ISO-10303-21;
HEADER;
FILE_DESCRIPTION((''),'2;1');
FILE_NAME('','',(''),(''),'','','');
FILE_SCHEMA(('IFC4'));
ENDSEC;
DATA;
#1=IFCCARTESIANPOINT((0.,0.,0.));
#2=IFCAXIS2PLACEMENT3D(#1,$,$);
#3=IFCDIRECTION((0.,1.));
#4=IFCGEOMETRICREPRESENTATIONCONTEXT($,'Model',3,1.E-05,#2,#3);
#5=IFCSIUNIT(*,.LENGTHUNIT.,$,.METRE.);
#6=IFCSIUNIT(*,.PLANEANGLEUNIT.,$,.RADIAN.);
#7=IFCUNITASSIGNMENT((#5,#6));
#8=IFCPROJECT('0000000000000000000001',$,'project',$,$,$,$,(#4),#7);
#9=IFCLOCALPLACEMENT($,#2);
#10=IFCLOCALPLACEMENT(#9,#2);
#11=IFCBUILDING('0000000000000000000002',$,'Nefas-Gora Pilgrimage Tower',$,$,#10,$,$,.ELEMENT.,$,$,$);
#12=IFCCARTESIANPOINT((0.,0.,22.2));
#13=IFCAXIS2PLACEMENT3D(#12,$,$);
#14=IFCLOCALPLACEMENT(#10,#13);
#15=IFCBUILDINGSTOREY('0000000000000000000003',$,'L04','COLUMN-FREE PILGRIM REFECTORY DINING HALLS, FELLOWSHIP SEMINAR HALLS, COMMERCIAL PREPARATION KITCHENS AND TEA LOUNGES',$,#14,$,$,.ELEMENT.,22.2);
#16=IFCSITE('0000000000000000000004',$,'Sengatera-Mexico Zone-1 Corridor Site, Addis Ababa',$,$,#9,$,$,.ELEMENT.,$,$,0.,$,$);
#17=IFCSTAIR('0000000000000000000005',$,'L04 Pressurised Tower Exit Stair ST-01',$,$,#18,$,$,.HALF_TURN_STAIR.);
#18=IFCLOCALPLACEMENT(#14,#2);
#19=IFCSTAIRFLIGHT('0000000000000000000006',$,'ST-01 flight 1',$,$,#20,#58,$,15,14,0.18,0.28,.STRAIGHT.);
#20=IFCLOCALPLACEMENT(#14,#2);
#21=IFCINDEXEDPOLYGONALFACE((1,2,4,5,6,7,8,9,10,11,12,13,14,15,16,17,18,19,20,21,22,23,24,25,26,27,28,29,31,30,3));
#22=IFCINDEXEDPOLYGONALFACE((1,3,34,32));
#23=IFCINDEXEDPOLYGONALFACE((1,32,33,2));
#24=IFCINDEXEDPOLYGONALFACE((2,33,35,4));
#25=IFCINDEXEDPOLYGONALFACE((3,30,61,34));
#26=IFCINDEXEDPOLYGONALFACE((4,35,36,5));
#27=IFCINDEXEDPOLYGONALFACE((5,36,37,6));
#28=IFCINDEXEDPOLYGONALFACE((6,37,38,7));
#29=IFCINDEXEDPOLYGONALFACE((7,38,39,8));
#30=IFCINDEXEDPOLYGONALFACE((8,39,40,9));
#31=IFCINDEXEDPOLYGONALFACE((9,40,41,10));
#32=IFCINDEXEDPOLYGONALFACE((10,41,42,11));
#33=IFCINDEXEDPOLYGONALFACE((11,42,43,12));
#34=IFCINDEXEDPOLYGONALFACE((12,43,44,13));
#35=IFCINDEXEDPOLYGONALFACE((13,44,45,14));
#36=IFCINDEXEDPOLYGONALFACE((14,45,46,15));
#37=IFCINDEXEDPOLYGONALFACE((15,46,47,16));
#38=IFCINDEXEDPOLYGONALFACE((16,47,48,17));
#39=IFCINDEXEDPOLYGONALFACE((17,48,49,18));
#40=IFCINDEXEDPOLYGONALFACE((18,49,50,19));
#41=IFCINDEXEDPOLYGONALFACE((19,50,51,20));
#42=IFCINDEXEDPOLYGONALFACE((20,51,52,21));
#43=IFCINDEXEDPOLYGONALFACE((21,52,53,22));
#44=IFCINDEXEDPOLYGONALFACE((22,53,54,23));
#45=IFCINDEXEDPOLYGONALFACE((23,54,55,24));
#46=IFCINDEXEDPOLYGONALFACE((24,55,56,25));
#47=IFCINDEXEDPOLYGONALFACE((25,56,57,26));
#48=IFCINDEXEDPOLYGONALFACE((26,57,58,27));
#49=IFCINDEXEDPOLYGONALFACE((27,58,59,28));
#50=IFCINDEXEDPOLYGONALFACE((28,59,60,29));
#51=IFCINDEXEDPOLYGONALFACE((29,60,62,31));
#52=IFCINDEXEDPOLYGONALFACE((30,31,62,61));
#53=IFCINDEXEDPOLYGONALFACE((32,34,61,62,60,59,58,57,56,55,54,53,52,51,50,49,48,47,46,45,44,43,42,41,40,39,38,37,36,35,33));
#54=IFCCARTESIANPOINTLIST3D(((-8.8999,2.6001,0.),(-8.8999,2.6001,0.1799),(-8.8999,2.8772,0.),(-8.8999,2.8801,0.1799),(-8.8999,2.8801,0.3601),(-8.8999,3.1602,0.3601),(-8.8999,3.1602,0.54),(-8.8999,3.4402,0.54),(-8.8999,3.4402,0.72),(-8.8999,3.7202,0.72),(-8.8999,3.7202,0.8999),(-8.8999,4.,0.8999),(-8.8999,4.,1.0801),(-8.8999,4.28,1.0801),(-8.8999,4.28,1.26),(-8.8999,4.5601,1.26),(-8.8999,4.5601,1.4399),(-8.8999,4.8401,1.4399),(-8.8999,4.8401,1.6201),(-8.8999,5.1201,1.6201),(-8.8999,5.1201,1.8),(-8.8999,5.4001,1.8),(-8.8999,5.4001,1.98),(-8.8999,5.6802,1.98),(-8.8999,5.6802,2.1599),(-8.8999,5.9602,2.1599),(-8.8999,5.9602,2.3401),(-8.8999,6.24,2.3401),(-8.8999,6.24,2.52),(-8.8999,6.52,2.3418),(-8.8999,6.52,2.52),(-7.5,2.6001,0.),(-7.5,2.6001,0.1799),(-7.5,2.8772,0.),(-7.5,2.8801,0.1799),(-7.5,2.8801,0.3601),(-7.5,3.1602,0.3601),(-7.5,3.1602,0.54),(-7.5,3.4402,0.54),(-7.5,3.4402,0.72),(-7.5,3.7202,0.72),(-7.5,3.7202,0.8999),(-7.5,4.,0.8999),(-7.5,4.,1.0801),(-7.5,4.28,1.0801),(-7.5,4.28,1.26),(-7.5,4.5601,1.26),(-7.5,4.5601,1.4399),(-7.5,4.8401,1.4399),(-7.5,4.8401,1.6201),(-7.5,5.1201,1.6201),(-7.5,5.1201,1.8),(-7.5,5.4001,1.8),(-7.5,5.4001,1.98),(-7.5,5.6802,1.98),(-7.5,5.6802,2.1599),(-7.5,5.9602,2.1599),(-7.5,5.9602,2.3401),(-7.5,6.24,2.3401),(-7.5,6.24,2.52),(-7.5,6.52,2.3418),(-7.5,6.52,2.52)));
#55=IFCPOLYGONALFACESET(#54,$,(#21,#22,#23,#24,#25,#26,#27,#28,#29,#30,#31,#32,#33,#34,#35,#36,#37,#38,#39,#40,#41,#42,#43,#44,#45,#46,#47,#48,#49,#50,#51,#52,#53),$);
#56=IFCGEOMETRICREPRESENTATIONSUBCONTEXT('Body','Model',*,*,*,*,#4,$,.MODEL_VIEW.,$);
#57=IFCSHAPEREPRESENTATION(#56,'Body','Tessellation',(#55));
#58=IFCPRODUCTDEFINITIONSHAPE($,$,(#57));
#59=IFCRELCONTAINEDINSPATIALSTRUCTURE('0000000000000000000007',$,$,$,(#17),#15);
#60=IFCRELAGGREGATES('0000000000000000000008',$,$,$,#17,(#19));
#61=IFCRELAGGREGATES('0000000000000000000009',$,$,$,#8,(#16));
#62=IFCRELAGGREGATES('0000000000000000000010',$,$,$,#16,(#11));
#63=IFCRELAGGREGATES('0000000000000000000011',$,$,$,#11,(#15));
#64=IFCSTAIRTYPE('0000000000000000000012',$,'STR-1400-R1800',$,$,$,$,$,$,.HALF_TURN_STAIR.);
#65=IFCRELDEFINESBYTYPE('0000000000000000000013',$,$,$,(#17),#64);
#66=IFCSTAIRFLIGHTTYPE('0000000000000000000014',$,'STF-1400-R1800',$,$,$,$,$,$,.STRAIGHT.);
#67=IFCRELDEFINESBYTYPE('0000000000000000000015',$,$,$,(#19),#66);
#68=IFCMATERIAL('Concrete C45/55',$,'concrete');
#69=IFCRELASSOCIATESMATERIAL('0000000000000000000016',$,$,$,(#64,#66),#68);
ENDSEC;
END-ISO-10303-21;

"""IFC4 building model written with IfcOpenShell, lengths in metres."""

from ifc_helpers import new_model, si_unit, direction, frame, origin, place, context, subcontext, project, spatial, polyline, outline, extrude, source, transform, mapped, material, type_object, element, aggregate, save


model = new_model("IFC4")

# Units and contexts
model_context = context("Model", 3, precision=1e-05, world=origin(), true_north=direction((0.0, 1.0)))
body_context = subcontext(model_context, "Body", "Model", "MODEL_VIEW")
ifc_project = project(units=[si_unit("LENGTHUNIT", "METRE"), si_unit("PLANEANGLEUNIT", "RADIAN")], contexts=[model_context])

# Site, building, storey
site_placement = place(None, origin())
site = spatial("IfcSite", under=ifc_project, at=site_placement, Name="Sengatera-Mexico Zone-1 Corridor Site, Addis Ababa", CompositionType="ELEMENT", RefElevation=0.0)
building_placement = place(site_placement, origin())
building = spatial("IfcBuilding", under=site, at=building_placement, Name="Nefas-Gora Pilgrimage Tower", CompositionType="ELEMENT")
storey_placement = place(building_placement, frame((0.0, 0.0, 22.2)))
storey = spatial("IfcBuildingStorey", under=building, at=storey_placement, Name="L04", Description="COLUMN-FREE PILGRIM REFECTORY DINING HALLS, FELLOWSHIP SEMINAR HALLS, COMMERCIAL PREPARATION KITCHENS AND TEA LOUNGES", CompositionType="ELEMENT", Elevation=22.2)

# Shared definitions
ifc_material_1 = material(Name="Concrete C45/55", Category="concrete")

# Stair, stair flight
stair_type = type_object("IfcStairType", Name="STR-1400-R1800", PredefinedType="HALF_TURN_STAIR", material=ifc_material_1)
stair_placement = place(storey_placement, origin())
stair = element("IfcStair", 1, at=stair_placement, inside=storey, type_object=stair_type, Name="L04 Pressurised Tower Exit Stair ST-01", PredefinedType="HALF_TURN_STAIR")
stair_flight_type = type_object("IfcStairFlightType", Name="STF-1400-R1800", PredefinedType="STRAIGHT", material=ifc_material_1)
shared_shape_1 = source(origin(), body_context, "Body", "SweptSolid", [
    extrude(outline(polyline([(0.0, 0.0), (0.0, 0.1799), (0.28, 0.1799), (0.28, 0.3601), (0.5601, 0.3601), (0.5601, 0.54), (0.8401, 0.54), (0.8401, 0.72), (1.1201, 0.72), (1.1201, 0.8999), (1.3999, 0.8999), (1.3999, 1.0801), (1.6799, 1.0801), (1.6799, 1.26), (1.96, 1.26), (1.96, 1.4399), (2.24, 1.4399), (2.24, 1.6201), (2.52, 1.6201), (2.52, 1.8), (2.8, 1.8), (2.8, 1.98), (3.0801, 1.98), (3.0801, 2.1599), (3.3601, 2.1599), (3.3601, 2.3401), (3.6399, 2.3401), (3.6399, 2.52), (3.9199, 2.52), (3.9199, 2.7), (3.9199, 2.3418), (0.2771, 0.0), (0.0, 0.0)])), frame((0.0, 0.7, 0.0), z_axis=(0.0, -1.0, 0.0), x_axis=(1.0, 0.0, 0.0)), (0.0, 0.0, 1.0), 1.3999),
])
stair_flight_placement = place(storey_placement, frame((-8.2, 2.6001, 0.0), z_axis=(0.0, 0.0, 1.0), x_axis=(0.0, 1.0, 0.0)))
stair_flight = element("IfcStairFlight", 2, at=stair_flight_placement, type_object=stair_flight_type, Name="ST-01 flight 1", NumberOfRisers=15, NumberOfTreads=14, PredefinedType="STRAIGHT", RiserHeight=0.18, TreadLength=0.28, context=body_context, shape_type="MappedRepresentation", body=[
    mapped(shared_shape_1, transform((0.0, 0.0, 0.0), x_axis=(1.0, 0.0, 0.0), y_axis=(0.0, 1.0, 0.0), z_axis=(0.0, 0.0, 1.0), scale=1.0)),
])
aggregate(stair, [stair_flight])

save(model, "model.ifc")
